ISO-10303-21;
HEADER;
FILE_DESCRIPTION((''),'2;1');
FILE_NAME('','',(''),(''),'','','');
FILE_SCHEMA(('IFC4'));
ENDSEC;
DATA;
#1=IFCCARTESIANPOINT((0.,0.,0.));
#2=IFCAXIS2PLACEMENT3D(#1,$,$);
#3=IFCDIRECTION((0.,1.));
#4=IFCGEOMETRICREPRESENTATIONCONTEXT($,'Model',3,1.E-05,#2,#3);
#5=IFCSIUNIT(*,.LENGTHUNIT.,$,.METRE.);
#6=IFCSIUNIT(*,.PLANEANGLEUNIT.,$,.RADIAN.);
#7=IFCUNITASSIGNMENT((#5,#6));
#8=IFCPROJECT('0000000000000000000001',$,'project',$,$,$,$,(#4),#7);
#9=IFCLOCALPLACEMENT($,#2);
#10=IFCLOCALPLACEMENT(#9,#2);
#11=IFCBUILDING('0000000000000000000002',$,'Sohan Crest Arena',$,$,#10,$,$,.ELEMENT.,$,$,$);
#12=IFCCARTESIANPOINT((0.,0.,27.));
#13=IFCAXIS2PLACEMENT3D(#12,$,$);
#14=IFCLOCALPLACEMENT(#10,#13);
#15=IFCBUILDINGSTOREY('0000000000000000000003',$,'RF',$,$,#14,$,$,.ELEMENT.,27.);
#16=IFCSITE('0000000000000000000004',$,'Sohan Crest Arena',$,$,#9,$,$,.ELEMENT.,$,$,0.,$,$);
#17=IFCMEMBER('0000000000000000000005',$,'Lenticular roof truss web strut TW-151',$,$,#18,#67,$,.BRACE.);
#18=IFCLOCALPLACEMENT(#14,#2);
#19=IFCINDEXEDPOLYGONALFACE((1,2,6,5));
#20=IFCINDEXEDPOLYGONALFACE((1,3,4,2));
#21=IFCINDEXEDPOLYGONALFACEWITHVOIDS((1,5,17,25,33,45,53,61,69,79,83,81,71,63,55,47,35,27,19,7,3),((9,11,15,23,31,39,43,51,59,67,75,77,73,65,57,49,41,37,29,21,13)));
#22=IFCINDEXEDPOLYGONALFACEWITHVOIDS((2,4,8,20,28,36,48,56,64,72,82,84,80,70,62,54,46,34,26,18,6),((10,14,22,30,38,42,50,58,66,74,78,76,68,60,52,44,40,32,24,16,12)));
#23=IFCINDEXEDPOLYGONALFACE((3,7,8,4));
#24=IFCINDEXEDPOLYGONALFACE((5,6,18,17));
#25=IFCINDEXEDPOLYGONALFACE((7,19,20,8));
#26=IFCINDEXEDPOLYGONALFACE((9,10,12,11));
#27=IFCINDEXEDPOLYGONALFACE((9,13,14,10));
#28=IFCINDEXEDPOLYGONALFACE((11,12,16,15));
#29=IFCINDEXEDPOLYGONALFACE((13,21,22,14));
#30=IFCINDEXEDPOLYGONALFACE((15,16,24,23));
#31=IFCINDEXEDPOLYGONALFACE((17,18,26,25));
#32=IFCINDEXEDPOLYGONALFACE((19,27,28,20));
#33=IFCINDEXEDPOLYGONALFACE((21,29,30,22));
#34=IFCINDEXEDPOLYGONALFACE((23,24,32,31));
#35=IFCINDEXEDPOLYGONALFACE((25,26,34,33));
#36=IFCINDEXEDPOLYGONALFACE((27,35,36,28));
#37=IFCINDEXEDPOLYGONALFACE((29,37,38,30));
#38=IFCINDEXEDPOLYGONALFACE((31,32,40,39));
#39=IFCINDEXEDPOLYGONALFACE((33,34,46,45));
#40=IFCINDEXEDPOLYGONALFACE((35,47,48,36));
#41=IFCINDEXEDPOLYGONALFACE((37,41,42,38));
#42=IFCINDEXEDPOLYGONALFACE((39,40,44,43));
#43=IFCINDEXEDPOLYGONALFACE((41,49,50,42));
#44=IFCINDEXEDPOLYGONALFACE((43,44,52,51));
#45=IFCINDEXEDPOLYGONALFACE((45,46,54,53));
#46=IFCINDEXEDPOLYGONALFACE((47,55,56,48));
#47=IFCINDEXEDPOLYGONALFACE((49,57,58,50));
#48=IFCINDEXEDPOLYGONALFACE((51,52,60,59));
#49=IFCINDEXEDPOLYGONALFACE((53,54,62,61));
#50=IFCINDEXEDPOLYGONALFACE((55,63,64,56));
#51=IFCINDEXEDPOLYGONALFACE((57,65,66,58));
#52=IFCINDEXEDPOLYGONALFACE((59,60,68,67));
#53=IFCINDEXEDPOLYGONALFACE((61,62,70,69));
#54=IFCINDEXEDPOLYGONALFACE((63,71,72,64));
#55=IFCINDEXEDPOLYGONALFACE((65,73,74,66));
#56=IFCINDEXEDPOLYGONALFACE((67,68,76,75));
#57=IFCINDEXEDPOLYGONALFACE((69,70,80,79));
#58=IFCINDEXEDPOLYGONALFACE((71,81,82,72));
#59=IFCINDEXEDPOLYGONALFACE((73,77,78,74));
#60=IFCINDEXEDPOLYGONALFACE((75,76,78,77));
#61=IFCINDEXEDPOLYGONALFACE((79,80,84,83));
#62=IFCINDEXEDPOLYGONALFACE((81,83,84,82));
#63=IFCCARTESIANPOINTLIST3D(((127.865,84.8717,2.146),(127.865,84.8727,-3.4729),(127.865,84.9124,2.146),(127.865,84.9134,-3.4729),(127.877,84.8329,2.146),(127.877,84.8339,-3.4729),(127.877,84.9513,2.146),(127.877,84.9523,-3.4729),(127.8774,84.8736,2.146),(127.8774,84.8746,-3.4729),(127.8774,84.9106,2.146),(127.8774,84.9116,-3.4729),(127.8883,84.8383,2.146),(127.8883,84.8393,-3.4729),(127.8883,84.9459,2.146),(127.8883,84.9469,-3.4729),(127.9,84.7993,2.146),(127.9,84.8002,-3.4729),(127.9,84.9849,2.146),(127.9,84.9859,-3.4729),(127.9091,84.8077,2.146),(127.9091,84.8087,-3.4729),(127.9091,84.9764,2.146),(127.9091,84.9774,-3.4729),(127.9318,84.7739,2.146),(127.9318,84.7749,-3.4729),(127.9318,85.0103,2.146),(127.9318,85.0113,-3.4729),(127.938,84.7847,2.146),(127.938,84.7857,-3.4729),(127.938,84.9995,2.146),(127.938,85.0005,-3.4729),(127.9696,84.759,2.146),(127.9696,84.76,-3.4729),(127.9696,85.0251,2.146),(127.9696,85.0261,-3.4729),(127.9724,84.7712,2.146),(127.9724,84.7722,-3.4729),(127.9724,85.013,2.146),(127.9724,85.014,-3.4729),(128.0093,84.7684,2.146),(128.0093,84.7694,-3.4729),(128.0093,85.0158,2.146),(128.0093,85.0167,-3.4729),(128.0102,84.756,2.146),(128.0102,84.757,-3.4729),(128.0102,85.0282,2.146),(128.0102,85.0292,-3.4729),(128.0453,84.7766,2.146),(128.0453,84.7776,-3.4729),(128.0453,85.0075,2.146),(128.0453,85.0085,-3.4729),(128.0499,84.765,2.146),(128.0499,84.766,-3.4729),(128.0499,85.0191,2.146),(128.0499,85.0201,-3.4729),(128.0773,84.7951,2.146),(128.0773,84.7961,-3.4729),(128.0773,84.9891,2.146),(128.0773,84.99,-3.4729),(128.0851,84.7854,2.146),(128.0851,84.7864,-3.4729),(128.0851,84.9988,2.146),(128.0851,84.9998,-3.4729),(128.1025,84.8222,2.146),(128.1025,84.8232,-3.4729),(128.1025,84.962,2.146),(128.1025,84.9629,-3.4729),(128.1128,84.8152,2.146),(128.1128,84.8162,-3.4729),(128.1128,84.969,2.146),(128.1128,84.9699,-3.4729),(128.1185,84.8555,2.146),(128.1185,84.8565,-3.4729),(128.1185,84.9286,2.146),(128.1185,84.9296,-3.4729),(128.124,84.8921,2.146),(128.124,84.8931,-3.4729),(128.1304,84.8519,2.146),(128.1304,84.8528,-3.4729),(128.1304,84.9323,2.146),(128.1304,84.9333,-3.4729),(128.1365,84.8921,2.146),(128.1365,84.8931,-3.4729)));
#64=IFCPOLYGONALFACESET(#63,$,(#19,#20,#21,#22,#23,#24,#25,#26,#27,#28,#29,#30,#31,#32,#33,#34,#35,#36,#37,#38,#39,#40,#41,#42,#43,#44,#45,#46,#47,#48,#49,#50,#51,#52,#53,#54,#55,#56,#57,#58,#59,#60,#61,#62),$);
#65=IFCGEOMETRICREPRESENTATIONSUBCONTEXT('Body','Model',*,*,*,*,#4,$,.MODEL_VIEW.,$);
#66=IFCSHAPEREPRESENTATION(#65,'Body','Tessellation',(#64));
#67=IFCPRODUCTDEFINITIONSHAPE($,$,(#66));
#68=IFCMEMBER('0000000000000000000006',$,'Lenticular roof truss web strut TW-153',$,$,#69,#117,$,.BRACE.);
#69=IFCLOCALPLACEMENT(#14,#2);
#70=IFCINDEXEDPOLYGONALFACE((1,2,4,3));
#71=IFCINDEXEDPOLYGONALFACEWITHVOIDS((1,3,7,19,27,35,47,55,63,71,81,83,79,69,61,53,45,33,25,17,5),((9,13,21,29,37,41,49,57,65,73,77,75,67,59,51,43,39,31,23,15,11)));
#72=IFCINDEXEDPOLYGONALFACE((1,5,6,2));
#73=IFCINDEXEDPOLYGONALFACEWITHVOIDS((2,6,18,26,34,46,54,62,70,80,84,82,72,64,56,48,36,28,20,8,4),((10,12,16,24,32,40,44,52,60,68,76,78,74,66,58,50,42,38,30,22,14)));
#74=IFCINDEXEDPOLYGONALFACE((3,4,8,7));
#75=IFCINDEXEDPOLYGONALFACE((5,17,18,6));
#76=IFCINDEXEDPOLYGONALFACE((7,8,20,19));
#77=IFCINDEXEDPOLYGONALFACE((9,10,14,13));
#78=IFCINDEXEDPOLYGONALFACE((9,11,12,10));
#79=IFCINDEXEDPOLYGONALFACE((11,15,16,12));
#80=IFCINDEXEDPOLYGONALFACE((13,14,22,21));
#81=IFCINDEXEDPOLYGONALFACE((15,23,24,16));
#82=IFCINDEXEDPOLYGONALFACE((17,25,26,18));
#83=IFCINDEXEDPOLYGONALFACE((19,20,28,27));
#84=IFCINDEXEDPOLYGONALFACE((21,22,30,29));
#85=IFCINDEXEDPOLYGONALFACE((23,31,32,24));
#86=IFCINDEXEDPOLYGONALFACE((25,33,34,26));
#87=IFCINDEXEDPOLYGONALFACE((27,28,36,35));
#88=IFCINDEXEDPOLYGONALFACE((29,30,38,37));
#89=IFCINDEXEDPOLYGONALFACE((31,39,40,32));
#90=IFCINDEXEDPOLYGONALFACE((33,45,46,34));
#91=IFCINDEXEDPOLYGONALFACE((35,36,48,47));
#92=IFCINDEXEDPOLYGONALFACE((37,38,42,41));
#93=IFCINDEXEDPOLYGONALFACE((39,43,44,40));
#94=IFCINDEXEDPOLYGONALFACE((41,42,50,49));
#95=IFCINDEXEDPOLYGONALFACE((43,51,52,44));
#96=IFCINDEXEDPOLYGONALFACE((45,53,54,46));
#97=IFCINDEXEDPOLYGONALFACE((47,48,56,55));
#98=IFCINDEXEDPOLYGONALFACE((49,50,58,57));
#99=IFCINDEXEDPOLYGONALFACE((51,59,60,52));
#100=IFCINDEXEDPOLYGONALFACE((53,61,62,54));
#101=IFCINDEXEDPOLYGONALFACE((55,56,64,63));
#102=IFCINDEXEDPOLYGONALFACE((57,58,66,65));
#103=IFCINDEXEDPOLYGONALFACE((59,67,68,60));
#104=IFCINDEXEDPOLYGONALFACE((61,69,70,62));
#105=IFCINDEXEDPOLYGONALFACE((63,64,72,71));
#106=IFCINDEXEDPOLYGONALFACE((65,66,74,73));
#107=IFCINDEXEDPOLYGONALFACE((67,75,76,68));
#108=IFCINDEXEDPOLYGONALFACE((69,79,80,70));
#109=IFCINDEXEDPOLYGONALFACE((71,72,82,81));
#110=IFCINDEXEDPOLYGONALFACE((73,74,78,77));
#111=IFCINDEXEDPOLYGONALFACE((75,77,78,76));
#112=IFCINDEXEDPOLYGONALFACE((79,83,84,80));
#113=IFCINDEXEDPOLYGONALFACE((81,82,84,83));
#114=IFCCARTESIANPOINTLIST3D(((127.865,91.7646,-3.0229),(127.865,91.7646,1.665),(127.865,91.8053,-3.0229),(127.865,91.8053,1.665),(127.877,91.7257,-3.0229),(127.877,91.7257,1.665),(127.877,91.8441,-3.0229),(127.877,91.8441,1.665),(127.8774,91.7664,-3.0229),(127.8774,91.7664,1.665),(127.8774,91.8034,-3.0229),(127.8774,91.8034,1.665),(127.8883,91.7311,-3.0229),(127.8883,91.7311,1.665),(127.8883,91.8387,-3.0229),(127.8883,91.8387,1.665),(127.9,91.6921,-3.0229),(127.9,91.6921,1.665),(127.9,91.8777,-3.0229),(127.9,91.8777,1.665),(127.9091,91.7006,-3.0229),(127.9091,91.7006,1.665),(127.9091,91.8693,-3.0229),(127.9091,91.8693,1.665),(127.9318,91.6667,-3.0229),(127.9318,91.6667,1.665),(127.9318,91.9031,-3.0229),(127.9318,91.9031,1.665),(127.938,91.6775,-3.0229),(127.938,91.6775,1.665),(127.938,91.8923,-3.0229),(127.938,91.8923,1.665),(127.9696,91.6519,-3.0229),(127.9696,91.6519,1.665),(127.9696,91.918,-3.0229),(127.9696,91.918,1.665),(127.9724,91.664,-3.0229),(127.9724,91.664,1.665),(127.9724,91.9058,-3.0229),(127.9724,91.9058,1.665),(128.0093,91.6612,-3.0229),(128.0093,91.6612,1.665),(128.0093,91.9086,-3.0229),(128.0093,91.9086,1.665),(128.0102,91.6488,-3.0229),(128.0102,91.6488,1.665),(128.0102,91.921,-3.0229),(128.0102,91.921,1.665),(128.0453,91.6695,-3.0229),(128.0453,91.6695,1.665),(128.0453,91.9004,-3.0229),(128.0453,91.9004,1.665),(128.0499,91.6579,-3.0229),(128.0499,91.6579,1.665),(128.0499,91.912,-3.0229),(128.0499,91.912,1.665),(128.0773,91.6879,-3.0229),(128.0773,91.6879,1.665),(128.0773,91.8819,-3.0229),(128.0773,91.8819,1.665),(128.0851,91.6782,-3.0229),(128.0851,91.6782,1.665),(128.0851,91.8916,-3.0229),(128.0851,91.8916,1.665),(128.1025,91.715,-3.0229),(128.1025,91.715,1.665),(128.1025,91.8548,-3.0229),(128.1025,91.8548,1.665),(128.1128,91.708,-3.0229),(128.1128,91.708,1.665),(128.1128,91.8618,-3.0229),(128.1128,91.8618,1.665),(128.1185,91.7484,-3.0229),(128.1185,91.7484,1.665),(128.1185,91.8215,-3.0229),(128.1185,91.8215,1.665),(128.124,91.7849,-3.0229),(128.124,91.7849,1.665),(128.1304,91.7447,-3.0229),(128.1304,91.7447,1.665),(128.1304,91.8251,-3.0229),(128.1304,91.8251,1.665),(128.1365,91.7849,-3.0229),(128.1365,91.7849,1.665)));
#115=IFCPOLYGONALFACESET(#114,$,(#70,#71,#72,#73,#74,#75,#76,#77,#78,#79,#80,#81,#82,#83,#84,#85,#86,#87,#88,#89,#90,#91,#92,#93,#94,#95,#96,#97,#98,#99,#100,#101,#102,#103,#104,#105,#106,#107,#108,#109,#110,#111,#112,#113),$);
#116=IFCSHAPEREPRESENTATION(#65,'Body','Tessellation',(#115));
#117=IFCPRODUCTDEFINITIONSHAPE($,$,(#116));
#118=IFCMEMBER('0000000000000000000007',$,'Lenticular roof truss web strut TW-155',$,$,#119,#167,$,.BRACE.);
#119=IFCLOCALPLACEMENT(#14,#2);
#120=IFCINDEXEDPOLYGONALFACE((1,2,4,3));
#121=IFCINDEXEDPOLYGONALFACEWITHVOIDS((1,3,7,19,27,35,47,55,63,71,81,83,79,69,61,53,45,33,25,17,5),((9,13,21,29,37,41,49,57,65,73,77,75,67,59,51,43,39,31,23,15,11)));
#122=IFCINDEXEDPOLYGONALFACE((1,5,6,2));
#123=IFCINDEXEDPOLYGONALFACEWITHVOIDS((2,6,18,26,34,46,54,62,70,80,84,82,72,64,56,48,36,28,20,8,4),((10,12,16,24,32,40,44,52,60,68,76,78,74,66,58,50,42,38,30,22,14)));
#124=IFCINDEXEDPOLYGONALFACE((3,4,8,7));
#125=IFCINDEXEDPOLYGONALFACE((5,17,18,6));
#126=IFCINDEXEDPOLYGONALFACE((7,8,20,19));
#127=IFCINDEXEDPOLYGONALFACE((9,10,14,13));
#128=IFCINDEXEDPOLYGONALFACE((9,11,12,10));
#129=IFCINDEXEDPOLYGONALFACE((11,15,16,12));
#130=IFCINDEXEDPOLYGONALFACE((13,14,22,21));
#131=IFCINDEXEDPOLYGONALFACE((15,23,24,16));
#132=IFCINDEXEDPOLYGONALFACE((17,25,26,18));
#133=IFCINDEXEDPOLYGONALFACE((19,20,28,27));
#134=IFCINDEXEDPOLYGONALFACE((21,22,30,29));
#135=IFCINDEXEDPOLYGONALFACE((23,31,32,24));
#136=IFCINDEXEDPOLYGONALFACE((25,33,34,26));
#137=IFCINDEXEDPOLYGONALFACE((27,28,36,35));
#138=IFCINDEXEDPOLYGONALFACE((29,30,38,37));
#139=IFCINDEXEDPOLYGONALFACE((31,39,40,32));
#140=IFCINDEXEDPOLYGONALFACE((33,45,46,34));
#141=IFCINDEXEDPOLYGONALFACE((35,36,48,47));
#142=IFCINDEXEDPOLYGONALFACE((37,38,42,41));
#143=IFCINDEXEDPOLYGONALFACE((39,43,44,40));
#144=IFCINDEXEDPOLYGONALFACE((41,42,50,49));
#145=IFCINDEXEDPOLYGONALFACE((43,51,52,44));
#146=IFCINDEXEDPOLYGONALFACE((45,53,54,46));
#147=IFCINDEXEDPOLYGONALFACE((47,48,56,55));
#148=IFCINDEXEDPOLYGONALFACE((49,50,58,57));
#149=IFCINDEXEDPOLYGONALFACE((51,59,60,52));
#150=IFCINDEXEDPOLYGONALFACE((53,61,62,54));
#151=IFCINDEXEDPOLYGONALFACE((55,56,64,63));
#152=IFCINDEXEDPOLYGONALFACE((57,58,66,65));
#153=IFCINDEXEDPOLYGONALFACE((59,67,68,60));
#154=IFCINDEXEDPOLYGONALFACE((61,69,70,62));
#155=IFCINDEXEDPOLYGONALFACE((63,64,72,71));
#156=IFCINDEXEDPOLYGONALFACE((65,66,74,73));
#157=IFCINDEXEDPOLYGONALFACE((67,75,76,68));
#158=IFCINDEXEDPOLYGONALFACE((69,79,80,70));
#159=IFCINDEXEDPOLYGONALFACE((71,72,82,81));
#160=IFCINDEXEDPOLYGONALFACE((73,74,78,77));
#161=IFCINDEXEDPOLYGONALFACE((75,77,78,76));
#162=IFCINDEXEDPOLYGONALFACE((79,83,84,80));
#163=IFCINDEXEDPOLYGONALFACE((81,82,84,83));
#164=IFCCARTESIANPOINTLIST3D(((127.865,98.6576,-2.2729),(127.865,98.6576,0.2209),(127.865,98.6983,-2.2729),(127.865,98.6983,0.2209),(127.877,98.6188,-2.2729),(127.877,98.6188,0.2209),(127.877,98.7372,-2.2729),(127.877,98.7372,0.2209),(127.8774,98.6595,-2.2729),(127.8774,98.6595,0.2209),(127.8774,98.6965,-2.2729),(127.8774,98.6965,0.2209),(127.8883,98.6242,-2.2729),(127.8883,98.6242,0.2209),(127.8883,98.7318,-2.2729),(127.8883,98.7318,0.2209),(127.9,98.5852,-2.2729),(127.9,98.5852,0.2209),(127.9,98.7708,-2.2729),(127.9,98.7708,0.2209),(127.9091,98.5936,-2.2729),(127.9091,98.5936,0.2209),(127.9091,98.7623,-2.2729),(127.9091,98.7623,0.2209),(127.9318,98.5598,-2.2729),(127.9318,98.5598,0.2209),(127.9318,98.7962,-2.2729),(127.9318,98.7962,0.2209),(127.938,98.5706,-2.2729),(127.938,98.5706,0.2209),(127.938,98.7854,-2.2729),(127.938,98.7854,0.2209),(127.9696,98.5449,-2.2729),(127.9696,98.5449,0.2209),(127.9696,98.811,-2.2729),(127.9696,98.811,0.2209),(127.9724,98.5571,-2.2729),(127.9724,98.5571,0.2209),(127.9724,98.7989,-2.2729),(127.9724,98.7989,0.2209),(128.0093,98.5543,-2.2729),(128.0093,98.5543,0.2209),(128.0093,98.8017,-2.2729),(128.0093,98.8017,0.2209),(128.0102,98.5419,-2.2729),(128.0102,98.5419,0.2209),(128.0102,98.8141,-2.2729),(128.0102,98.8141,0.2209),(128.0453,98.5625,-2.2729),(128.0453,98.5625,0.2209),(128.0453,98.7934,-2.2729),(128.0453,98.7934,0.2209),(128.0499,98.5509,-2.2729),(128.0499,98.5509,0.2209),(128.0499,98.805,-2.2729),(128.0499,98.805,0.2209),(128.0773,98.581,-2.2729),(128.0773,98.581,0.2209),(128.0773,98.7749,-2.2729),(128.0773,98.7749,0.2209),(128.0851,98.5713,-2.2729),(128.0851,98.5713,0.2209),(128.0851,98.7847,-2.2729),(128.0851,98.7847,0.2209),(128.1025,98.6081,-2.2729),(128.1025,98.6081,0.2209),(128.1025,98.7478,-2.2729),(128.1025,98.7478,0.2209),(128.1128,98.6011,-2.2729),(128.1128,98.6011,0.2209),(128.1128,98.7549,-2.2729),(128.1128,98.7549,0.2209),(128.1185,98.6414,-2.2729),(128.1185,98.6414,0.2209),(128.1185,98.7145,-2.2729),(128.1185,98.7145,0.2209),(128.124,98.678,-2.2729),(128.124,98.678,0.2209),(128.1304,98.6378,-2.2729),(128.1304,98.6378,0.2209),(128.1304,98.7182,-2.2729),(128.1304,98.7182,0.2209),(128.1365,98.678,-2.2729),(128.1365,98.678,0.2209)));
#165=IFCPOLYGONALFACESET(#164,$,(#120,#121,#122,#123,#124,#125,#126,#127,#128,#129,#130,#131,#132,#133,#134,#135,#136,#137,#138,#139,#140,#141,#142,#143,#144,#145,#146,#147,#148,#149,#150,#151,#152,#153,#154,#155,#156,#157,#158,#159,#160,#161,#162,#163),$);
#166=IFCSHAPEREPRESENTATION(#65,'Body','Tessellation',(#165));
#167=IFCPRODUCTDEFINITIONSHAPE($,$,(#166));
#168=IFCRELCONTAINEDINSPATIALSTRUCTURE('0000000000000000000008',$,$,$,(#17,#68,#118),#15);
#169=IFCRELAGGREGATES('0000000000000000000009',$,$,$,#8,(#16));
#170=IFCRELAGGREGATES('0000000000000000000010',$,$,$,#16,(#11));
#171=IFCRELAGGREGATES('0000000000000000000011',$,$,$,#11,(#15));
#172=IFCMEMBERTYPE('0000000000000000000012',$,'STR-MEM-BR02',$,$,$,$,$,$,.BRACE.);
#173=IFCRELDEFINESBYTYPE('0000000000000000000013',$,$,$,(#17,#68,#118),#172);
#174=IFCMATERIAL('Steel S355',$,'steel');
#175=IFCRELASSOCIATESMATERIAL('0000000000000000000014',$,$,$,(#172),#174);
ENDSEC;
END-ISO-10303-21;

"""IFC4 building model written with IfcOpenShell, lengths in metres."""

from ifc_helpers import new_model, si_unit, direction, frame, origin, origin_2d, place, context, subcontext, project, spatial, hollow_circle, extrude, material, material_profile, profile_set, type_object, element, save


model = new_model("IFC4")

# Units and contexts
model_context = context("Model", 3, precision=1e-05, world=origin(), true_north=direction((0.0, 1.0)))
body_context = subcontext(model_context, "Body", "Model", "MODEL_VIEW")
ifc_project = project(units=[si_unit("LENGTHUNIT", "METRE"), si_unit("PLANEANGLEUNIT", "RADIAN")], contexts=[model_context])

# Site, building, storey
site_placement = place(None, origin())
site = spatial("IfcSite", under=ifc_project, at=site_placement, Name="Sohan Crest Arena", CompositionType="ELEMENT", RefElevation=0.0)
building_placement = place(site_placement, origin())
building = spatial("IfcBuilding", under=site, at=building_placement, Name="Sohan Crest Arena", CompositionType="ELEMENT")
storey_placement = place(building_placement, frame((0.0, 0.0, 27.0)))
storey = spatial("IfcBuildingStorey", under=building, at=storey_placement, Name="RF", CompositionType="ELEMENT", Elevation=27.0)

# Shared definitions
ifc_material_1 = material(Name="Steel S355", Category="steel")

# Members
ifc_material_profile_1 = material_profile(ifc_material_1, hollow_circle(Radius=0.1365, WallThickness=0.0125, at=origin_2d()), Name="CHS 273x12.5")
ifc_profile_set_1 = profile_set([ifc_material_profile_1], Name="Steel S355")
member_type_1 = type_object("IfcMemberType", Name="STR-MEM-BR02", PredefinedType="BRACE", material=ifc_profile_set_1)
member_1_placement = place(storey_placement, frame((128.0, 84.8931, -3.4729), z_axis=(0.0, -0.000174, 1.0), x_axis=(1.0, 0.0, 0.0)))
element("IfcMember", 1, at=member_1_placement, inside=storey, type_object=member_type_1, Name="Lenticular roof truss web strut TW-151", PredefinedType="BRACE", context=body_context, shape_type="SweptSolid", body=[
    extrude(hollow_circle(Radius=0.1365, WallThickness=0.0125, at=origin_2d()), origin(), (0.0, 0.0, 1.0), 5.6189),
])
member_2_placement = place(storey_placement, frame((128.0, 91.7849, -3.0229), z_axis=(0.0, 0.0, 1.0), x_axis=(1.0, 0.0, 0.0)))
element("IfcMember", 2, at=member_2_placement, inside=storey, type_object=member_type_1, Name="Lenticular roof truss web strut TW-153", PredefinedType="BRACE", context=body_context, shape_type="SweptSolid", body=[
    extrude(hollow_circle(Radius=0.1365, WallThickness=0.0125, at=origin_2d()), origin(), (0.0, 0.0, 1.0), 4.688),
])
member_3_placement = place(storey_placement, frame((128.0, 98.678, -2.2729), z_axis=(0.0, 0.0, 1.0), x_axis=(1.0, 0.0, 0.0)))
element("IfcMember", 3, at=member_3_placement, inside=storey, type_object=member_type_1, Name="Lenticular roof truss web strut TW-155", PredefinedType="BRACE", context=body_context, shape_type="SweptSolid", body=[
    extrude(hollow_circle(Radius=0.1365, WallThickness=0.0125, at=origin_2d()), origin(), (0.0, 0.0, 1.0), 2.4939),
])

save(model, "model.ifc")
